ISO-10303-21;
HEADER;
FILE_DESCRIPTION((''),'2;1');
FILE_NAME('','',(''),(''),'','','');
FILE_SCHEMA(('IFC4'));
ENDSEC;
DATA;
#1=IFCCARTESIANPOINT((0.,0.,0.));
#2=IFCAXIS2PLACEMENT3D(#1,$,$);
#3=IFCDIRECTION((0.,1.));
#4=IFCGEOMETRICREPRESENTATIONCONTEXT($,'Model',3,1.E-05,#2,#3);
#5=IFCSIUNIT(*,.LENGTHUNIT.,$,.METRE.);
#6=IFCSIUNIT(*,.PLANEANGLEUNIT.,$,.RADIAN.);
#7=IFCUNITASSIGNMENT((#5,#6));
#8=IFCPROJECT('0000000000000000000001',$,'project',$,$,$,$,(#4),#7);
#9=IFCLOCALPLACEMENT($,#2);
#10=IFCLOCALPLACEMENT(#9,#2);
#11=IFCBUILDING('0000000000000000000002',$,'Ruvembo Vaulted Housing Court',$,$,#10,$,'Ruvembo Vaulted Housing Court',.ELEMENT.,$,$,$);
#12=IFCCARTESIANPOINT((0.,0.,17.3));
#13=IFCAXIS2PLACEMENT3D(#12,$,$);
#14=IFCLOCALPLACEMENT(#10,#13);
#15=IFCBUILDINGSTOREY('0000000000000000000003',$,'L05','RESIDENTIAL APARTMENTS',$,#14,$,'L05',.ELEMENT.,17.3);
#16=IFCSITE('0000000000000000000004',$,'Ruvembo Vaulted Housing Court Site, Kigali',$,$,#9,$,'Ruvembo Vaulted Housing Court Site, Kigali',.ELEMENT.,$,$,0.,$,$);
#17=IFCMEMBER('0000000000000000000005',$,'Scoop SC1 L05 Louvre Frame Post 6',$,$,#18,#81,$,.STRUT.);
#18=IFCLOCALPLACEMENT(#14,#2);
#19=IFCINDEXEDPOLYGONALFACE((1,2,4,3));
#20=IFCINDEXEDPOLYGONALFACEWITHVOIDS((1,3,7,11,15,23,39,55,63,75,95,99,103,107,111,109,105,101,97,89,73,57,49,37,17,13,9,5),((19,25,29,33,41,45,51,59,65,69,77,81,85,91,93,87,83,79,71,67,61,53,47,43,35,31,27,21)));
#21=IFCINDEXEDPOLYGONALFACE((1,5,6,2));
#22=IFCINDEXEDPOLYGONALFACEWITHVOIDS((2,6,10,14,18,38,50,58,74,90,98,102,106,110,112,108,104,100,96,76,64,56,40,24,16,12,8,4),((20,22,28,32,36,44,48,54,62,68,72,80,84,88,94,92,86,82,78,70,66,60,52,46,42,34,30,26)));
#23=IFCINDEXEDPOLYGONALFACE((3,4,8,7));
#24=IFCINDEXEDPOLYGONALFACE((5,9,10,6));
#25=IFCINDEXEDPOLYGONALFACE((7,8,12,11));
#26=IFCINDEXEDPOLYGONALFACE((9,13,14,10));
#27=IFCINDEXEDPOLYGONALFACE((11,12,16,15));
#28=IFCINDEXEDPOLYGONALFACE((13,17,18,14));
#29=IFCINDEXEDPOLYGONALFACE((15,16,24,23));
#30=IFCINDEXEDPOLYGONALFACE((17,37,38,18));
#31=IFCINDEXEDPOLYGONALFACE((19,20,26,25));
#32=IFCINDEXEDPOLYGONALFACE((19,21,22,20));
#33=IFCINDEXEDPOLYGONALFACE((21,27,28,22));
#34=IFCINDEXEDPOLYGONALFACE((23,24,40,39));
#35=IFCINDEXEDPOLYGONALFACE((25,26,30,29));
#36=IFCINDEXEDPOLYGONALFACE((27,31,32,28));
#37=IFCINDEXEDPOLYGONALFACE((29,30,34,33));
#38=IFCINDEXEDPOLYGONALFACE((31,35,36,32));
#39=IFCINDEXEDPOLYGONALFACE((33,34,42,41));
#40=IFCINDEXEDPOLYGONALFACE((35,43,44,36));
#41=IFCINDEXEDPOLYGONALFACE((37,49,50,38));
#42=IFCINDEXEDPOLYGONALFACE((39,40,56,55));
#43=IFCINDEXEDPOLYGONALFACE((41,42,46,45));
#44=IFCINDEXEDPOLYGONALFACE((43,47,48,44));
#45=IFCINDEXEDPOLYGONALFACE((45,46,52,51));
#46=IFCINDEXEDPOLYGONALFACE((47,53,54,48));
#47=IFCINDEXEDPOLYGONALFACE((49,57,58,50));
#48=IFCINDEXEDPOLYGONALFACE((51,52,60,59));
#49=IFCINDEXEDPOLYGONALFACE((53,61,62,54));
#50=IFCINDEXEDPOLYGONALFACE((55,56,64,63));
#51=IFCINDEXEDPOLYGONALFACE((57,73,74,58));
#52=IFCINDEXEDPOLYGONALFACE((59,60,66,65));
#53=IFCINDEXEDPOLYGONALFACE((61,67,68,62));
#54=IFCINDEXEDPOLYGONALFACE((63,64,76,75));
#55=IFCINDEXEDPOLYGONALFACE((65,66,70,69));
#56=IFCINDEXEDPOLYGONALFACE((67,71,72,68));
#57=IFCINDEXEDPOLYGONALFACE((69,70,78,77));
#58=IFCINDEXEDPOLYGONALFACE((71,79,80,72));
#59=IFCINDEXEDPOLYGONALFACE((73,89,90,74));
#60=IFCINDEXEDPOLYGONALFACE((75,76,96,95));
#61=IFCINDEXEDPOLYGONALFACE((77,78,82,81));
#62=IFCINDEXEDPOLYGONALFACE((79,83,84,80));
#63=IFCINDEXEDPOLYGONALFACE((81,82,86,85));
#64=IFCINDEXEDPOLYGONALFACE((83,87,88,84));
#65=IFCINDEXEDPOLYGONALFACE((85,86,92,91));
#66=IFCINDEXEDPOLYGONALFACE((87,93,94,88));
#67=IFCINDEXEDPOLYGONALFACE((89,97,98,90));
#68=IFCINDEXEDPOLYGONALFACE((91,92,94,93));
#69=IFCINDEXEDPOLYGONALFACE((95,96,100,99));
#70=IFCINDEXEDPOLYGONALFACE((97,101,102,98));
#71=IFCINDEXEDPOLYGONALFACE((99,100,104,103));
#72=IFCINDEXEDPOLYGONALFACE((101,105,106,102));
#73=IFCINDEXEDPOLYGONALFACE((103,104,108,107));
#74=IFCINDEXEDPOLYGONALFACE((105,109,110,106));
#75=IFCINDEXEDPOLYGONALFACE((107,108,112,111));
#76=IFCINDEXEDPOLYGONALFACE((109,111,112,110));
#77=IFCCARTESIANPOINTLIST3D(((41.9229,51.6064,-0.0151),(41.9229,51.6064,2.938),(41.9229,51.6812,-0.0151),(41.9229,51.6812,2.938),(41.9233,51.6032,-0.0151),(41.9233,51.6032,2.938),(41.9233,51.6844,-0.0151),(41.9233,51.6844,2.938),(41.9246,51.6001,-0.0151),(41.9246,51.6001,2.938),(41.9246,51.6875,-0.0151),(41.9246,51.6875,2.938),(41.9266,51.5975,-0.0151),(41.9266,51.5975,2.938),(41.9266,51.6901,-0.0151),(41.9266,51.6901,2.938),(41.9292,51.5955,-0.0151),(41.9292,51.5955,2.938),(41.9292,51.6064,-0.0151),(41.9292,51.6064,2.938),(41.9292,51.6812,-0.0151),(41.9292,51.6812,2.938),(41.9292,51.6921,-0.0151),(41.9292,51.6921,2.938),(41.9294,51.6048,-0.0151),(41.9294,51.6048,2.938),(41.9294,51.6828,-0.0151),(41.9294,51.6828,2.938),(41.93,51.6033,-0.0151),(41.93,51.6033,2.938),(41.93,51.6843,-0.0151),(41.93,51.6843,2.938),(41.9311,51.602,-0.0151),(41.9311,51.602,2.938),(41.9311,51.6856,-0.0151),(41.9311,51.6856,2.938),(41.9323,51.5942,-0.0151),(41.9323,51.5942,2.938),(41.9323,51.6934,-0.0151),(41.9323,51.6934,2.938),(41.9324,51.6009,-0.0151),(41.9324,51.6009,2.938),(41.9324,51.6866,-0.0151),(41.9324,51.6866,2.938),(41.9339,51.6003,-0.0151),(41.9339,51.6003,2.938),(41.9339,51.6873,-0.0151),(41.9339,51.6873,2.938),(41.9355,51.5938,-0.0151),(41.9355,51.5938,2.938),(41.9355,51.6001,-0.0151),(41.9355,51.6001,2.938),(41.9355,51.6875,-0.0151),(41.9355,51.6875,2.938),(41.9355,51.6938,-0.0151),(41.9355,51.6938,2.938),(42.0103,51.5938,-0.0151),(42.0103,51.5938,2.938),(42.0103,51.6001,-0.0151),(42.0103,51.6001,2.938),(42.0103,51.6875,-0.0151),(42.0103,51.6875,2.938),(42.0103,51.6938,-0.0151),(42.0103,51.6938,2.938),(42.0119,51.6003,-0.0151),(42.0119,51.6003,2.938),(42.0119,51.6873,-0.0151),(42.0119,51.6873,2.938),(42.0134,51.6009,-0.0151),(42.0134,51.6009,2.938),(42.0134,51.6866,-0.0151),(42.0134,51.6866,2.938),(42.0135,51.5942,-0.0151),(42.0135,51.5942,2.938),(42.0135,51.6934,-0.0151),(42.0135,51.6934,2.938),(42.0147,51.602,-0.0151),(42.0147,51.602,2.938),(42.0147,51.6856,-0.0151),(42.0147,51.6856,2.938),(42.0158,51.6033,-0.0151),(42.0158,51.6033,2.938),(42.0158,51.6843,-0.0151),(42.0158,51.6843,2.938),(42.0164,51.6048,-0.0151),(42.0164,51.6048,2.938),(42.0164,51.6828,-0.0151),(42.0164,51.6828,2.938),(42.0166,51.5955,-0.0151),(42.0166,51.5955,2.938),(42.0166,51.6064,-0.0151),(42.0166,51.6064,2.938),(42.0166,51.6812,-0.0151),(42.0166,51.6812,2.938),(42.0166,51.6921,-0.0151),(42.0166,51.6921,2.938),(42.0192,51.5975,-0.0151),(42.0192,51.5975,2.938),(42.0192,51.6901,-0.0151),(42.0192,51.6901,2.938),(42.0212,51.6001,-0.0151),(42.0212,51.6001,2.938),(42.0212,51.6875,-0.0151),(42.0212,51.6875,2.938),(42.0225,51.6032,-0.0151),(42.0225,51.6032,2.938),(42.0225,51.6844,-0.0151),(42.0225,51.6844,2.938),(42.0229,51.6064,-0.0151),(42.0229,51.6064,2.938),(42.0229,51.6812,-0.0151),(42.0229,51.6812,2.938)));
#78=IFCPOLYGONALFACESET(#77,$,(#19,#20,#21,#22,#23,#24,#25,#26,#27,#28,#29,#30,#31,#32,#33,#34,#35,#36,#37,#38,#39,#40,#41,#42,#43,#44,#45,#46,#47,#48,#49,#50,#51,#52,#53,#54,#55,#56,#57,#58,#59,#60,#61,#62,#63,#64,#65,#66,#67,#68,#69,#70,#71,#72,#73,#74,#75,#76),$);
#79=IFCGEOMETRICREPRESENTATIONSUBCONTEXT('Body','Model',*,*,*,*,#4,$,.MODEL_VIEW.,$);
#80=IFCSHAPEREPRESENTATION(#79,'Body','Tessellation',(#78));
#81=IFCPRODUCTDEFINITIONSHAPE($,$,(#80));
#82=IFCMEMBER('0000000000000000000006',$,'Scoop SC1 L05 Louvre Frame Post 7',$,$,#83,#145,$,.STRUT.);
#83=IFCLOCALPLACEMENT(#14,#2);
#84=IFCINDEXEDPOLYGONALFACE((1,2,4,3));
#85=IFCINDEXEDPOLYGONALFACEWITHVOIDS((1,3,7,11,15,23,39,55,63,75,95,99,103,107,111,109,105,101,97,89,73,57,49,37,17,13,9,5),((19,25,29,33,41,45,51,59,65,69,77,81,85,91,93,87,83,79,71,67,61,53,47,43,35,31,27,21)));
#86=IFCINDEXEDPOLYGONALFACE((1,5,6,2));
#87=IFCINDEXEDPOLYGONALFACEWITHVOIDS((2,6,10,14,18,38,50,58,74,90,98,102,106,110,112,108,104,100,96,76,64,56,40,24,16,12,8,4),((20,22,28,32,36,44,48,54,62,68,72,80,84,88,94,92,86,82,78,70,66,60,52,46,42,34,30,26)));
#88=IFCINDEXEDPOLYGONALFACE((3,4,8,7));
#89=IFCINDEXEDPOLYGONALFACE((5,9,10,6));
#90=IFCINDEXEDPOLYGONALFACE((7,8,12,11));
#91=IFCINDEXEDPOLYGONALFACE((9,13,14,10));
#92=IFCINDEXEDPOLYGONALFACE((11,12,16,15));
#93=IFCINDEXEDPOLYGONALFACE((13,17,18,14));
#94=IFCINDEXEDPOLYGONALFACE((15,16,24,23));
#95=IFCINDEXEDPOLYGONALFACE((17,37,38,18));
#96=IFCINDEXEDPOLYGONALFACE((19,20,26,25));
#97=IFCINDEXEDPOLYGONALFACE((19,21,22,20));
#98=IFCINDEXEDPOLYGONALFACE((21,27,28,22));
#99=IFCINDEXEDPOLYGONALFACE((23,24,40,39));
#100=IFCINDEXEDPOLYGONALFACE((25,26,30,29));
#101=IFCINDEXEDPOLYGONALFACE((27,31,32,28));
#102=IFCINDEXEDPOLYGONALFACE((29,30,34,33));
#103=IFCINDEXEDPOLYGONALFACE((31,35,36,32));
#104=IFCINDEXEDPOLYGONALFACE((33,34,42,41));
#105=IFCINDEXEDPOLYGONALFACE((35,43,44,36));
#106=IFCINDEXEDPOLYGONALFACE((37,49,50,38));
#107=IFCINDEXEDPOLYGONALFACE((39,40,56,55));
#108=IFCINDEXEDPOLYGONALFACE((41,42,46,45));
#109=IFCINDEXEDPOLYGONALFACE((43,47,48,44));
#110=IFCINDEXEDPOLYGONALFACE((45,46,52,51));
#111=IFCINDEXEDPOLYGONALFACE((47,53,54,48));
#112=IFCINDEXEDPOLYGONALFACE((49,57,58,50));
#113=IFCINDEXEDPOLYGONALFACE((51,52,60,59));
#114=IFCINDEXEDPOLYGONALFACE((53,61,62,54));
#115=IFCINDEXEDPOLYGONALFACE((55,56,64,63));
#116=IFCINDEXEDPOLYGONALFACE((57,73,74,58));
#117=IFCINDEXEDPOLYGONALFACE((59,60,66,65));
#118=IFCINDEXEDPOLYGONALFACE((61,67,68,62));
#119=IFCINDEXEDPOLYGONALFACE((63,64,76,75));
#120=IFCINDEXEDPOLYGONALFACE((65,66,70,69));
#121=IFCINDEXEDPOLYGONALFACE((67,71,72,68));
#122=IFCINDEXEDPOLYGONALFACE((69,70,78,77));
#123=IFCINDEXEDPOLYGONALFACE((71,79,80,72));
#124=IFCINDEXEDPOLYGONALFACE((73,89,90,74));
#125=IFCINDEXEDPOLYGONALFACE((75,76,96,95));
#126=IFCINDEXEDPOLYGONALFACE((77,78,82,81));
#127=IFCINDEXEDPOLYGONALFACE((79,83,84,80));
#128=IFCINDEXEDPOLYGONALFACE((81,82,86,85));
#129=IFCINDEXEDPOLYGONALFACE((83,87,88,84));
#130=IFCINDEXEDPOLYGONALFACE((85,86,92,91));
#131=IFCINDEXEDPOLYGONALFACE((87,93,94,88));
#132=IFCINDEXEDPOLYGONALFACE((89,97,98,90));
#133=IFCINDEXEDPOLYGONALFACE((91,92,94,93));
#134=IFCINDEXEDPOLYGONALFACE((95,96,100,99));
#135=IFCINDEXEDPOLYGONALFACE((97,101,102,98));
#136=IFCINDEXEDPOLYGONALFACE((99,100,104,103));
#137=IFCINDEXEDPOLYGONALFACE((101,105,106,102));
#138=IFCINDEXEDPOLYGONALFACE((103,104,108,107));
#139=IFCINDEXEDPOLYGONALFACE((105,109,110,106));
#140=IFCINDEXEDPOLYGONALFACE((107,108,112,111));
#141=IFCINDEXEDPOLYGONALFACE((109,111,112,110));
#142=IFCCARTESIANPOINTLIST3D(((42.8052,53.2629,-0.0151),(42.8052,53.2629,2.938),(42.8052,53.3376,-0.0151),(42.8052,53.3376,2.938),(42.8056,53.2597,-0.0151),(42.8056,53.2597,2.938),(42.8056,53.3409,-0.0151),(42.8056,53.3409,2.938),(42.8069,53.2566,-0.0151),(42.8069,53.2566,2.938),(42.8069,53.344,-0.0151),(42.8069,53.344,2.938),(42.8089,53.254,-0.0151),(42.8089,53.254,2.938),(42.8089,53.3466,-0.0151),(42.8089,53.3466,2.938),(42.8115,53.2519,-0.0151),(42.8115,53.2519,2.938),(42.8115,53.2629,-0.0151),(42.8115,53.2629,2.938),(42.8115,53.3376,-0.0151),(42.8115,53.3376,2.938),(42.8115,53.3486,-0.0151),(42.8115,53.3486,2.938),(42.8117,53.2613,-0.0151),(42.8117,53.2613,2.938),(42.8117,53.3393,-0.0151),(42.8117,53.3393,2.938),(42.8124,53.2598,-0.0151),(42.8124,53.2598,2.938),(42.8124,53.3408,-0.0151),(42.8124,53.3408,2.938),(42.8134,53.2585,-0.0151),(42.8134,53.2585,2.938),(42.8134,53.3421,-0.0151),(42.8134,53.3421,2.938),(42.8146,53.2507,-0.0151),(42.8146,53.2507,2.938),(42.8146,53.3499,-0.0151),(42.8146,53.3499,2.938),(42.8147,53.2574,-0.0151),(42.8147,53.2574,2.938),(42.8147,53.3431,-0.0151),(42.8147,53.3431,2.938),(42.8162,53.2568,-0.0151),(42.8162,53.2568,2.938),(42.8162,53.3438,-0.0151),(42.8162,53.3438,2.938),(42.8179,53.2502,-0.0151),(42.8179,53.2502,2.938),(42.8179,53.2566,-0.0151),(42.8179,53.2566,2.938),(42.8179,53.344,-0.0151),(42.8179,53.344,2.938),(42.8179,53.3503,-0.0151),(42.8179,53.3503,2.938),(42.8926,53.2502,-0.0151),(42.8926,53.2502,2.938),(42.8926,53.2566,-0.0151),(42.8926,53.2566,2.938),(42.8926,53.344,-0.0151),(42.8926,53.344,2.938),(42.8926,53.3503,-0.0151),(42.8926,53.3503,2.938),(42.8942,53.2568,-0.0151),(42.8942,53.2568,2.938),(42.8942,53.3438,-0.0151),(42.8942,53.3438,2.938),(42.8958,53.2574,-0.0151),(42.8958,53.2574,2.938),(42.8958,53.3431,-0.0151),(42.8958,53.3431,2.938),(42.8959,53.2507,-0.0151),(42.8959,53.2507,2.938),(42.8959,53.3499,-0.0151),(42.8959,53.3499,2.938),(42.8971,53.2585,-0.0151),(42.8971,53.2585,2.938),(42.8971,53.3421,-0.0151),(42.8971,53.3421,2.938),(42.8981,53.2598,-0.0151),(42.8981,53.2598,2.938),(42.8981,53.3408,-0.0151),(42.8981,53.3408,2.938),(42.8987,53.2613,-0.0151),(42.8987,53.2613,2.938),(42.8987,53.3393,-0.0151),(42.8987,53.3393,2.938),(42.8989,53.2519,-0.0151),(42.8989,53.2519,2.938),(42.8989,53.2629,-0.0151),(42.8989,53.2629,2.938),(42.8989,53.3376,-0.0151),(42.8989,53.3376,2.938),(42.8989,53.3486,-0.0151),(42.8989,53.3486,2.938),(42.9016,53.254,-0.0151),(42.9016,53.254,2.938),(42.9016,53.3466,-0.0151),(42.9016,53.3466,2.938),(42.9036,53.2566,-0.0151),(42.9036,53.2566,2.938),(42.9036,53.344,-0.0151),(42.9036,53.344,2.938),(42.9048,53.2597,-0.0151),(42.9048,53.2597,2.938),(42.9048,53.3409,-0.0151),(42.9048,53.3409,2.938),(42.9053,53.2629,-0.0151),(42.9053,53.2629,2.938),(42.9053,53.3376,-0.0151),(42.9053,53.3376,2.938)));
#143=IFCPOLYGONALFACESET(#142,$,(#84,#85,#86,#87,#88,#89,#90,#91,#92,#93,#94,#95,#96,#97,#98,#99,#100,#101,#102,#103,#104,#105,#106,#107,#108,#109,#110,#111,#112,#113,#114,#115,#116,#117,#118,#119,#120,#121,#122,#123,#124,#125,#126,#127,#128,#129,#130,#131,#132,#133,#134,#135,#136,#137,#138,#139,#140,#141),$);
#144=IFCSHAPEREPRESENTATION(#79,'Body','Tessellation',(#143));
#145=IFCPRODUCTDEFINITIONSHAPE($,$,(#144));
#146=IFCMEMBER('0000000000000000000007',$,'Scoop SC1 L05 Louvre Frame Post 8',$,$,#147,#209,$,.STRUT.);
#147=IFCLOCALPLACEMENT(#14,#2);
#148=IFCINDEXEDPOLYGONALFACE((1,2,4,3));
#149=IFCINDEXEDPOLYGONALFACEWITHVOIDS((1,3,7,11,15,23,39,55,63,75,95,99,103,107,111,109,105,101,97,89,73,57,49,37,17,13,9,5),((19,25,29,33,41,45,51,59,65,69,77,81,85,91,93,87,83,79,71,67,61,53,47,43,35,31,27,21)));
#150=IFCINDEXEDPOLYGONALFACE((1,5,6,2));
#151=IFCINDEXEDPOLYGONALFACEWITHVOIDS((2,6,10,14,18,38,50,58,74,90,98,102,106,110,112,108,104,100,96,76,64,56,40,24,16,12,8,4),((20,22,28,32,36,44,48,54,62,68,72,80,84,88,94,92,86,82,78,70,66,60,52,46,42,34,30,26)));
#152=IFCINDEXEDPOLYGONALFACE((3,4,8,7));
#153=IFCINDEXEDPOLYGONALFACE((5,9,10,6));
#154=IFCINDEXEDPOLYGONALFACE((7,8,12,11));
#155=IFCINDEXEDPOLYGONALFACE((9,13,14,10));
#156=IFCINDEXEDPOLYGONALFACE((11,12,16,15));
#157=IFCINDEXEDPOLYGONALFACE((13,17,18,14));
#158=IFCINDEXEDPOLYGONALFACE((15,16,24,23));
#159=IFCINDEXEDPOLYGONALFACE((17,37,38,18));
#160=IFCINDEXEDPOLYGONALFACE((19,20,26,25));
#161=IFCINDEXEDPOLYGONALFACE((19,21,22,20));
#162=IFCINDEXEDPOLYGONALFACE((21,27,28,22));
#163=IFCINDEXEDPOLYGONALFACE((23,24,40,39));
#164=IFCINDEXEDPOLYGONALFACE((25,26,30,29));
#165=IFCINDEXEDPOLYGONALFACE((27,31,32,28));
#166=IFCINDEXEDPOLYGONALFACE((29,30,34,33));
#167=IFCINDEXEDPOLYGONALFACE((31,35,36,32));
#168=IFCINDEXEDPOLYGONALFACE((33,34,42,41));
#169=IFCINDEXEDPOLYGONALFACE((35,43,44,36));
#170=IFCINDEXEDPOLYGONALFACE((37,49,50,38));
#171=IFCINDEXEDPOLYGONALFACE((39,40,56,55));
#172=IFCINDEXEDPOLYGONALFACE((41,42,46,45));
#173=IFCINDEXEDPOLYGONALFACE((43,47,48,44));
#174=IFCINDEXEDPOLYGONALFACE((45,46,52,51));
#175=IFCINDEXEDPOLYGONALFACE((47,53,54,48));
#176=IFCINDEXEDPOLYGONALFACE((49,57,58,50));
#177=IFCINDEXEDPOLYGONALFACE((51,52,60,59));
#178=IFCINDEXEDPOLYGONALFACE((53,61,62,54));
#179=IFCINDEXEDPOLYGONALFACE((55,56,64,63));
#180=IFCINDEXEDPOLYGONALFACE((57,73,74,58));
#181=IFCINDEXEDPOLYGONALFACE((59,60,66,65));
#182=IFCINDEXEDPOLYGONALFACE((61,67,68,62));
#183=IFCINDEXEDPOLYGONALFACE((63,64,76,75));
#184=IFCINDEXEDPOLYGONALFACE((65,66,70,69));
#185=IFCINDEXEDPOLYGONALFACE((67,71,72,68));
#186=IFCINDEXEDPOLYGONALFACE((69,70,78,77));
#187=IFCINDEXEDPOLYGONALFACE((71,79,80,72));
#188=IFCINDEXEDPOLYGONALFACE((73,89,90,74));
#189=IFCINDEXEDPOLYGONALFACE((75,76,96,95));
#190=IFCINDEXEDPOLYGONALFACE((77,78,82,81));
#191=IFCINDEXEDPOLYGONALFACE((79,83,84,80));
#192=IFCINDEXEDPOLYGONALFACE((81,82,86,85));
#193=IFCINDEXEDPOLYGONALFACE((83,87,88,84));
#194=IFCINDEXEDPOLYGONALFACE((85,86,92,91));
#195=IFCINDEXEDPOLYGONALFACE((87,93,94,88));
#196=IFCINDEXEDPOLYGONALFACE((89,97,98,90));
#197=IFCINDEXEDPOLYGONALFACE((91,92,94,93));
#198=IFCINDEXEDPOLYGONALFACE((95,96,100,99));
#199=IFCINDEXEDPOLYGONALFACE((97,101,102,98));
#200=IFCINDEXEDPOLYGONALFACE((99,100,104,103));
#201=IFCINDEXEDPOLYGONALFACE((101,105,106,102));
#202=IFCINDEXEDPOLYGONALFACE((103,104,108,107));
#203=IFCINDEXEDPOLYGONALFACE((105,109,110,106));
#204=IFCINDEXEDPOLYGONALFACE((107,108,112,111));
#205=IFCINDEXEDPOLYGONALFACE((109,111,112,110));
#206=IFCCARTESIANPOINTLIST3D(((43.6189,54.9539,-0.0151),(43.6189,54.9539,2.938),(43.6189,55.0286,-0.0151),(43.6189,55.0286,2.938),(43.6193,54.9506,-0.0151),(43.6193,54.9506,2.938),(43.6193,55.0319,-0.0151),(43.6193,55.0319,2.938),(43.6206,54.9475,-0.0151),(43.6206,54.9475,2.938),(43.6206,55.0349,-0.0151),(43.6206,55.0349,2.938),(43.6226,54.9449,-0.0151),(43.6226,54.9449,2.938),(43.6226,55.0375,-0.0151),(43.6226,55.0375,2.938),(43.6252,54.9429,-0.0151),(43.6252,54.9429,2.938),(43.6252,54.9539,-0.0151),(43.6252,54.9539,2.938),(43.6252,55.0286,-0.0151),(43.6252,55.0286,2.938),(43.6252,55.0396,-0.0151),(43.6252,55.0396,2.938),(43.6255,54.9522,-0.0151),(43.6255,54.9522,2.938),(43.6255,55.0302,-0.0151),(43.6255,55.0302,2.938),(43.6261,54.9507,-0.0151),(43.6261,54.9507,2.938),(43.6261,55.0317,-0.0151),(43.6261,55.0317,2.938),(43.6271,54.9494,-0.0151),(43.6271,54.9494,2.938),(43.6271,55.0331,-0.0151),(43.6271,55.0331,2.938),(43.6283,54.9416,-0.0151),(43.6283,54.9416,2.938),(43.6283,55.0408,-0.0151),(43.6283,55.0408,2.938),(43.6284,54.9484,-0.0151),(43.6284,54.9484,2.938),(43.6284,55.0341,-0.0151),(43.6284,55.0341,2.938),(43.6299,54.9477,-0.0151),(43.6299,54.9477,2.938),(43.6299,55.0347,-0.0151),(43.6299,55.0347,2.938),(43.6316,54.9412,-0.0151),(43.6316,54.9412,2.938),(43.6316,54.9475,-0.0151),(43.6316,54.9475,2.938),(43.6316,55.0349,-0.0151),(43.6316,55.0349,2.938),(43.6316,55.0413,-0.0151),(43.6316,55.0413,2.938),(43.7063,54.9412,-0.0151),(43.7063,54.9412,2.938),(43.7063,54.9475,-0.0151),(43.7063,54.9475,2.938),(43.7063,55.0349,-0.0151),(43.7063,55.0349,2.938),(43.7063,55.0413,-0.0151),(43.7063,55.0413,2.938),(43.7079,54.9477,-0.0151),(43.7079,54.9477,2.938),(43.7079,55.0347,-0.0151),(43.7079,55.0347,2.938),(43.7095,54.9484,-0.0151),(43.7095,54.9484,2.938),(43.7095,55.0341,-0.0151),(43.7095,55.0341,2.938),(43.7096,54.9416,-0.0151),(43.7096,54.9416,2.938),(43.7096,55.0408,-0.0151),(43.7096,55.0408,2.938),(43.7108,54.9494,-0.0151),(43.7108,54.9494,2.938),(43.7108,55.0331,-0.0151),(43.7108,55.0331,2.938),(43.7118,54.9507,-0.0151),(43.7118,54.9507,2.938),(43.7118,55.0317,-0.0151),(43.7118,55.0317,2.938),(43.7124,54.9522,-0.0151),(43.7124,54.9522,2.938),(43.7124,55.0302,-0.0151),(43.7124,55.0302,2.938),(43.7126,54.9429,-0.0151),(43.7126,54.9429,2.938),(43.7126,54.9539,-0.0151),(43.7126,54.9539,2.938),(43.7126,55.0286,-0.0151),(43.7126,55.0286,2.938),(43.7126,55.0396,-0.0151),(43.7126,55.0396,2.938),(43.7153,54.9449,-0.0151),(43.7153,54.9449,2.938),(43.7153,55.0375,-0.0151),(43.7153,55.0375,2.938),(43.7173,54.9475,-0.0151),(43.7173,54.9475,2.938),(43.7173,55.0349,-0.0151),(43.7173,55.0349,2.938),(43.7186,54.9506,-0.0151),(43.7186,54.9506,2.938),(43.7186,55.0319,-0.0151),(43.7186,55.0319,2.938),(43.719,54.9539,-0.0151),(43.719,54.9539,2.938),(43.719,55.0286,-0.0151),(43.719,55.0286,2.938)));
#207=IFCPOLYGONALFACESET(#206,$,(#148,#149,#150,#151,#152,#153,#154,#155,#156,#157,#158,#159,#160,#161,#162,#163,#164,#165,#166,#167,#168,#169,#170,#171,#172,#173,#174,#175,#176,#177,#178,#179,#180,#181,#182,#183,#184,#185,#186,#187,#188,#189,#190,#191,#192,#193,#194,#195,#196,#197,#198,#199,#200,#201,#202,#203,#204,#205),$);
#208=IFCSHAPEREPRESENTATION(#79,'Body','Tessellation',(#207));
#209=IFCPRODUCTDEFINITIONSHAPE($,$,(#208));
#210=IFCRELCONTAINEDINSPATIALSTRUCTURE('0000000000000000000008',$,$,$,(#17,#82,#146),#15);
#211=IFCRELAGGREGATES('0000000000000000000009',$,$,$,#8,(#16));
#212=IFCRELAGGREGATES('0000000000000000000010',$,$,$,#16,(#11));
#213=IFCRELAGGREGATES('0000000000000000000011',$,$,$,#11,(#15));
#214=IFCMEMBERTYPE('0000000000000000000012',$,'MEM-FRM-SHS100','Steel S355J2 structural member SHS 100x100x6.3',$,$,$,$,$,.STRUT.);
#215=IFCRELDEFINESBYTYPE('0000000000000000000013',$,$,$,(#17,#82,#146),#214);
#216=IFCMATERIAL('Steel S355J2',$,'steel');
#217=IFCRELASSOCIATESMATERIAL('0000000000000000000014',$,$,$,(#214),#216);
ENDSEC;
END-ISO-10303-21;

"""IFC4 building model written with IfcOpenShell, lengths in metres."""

from ifc_helpers import new_model, si_unit, direction, frame, origin, origin_2d, place, context, subcontext, project, spatial, hollow_rectangle, extrude, material, material_profile, profile_set, type_object, element, save


model = new_model("IFC4")

# Units and contexts
model_context = context("Model", 3, precision=1e-05, world=origin(), true_north=direction((0.0, 1.0)))
body_context = subcontext(model_context, "Body", "Model", "MODEL_VIEW")
ifc_project = project(units=[si_unit("LENGTHUNIT", "METRE"), si_unit("PLANEANGLEUNIT", "RADIAN")], contexts=[model_context])

# Site, building, storey
site_placement = place(None, origin())
site = spatial("IfcSite", under=ifc_project, at=site_placement, Name="Ruvembo Vaulted Housing Court Site, Kigali", LongName="Ruvembo Vaulted Housing Court Site, Kigali", CompositionType="ELEMENT", RefElevation=0.0)
building_placement = place(site_placement, origin())
building = spatial("IfcBuilding", under=site, at=building_placement, Name="Ruvembo Vaulted Housing Court", LongName="Ruvembo Vaulted Housing Court", CompositionType="ELEMENT")
storey_placement = place(building_placement, frame((0.0, 0.0, 17.3)))
storey = spatial("IfcBuildingStorey", under=building, at=storey_placement, Name="L05", Description="RESIDENTIAL APARTMENTS", LongName="L05", CompositionType="ELEMENT", Elevation=17.3)

# Shared definitions
ifc_material_1 = material(Name="Steel S355J2", Category="steel")

# Members
ifc_material_profile_1 = material_profile(ifc_material_1, hollow_rectangle(XDim=0.1001, YDim=0.1001, WallThickness=0.0063, InnerFilletRadius=0.0063, OuterFilletRadius=0.0127, at=origin_2d()), Name="SHS 100x100x6.3")
ifc_profile_set_1 = profile_set([ifc_material_profile_1], Name="Steel S355J2")
member_type_1 = type_object("IfcMemberType", Name="MEM-FRM-SHS100", Description="Steel S355J2 structural member SHS 100x100x6.3", PredefinedType="STRUT", material=ifc_profile_set_1)
for number, where, z_axis, x_axis, name in (
    (1, (41.9729, 51.6438, -0.0151), (0.0, 0.0, 1.0), (1.0, 0.0, 0.0), "Scoop SC1 L05 Louvre Frame Post 6"),
    (2, (42.8552, 53.3003, -0.0151), (0.0, 0.0, 1.0), (1.0, 0.0, 0.0), "Scoop SC1 L05 Louvre Frame Post 7"),
    (3, (43.6689, 54.9912, -0.0151), (0.0, 0.0, 1.0), (1.0, 0.0, 0.0), "Scoop SC1 L05 Louvre Frame Post 8"),
):
    element("IfcMember", number, at=place(storey_placement, frame(where, z_axis=z_axis, x_axis=x_axis)), inside=storey, type_object=member_type_1, Name=name, PredefinedType="STRUT", context=body_context, shape_type="SweptSolid", body=[
        extrude(hollow_rectangle(XDim=0.1001, YDim=0.1001, WallThickness=0.0063, InnerFilletRadius=0.0063, OuterFilletRadius=0.0127, at=origin_2d()), origin(), (0.0, 0.0, 1.0), 2.9531),
    ])

save(model, "model.ifc")
